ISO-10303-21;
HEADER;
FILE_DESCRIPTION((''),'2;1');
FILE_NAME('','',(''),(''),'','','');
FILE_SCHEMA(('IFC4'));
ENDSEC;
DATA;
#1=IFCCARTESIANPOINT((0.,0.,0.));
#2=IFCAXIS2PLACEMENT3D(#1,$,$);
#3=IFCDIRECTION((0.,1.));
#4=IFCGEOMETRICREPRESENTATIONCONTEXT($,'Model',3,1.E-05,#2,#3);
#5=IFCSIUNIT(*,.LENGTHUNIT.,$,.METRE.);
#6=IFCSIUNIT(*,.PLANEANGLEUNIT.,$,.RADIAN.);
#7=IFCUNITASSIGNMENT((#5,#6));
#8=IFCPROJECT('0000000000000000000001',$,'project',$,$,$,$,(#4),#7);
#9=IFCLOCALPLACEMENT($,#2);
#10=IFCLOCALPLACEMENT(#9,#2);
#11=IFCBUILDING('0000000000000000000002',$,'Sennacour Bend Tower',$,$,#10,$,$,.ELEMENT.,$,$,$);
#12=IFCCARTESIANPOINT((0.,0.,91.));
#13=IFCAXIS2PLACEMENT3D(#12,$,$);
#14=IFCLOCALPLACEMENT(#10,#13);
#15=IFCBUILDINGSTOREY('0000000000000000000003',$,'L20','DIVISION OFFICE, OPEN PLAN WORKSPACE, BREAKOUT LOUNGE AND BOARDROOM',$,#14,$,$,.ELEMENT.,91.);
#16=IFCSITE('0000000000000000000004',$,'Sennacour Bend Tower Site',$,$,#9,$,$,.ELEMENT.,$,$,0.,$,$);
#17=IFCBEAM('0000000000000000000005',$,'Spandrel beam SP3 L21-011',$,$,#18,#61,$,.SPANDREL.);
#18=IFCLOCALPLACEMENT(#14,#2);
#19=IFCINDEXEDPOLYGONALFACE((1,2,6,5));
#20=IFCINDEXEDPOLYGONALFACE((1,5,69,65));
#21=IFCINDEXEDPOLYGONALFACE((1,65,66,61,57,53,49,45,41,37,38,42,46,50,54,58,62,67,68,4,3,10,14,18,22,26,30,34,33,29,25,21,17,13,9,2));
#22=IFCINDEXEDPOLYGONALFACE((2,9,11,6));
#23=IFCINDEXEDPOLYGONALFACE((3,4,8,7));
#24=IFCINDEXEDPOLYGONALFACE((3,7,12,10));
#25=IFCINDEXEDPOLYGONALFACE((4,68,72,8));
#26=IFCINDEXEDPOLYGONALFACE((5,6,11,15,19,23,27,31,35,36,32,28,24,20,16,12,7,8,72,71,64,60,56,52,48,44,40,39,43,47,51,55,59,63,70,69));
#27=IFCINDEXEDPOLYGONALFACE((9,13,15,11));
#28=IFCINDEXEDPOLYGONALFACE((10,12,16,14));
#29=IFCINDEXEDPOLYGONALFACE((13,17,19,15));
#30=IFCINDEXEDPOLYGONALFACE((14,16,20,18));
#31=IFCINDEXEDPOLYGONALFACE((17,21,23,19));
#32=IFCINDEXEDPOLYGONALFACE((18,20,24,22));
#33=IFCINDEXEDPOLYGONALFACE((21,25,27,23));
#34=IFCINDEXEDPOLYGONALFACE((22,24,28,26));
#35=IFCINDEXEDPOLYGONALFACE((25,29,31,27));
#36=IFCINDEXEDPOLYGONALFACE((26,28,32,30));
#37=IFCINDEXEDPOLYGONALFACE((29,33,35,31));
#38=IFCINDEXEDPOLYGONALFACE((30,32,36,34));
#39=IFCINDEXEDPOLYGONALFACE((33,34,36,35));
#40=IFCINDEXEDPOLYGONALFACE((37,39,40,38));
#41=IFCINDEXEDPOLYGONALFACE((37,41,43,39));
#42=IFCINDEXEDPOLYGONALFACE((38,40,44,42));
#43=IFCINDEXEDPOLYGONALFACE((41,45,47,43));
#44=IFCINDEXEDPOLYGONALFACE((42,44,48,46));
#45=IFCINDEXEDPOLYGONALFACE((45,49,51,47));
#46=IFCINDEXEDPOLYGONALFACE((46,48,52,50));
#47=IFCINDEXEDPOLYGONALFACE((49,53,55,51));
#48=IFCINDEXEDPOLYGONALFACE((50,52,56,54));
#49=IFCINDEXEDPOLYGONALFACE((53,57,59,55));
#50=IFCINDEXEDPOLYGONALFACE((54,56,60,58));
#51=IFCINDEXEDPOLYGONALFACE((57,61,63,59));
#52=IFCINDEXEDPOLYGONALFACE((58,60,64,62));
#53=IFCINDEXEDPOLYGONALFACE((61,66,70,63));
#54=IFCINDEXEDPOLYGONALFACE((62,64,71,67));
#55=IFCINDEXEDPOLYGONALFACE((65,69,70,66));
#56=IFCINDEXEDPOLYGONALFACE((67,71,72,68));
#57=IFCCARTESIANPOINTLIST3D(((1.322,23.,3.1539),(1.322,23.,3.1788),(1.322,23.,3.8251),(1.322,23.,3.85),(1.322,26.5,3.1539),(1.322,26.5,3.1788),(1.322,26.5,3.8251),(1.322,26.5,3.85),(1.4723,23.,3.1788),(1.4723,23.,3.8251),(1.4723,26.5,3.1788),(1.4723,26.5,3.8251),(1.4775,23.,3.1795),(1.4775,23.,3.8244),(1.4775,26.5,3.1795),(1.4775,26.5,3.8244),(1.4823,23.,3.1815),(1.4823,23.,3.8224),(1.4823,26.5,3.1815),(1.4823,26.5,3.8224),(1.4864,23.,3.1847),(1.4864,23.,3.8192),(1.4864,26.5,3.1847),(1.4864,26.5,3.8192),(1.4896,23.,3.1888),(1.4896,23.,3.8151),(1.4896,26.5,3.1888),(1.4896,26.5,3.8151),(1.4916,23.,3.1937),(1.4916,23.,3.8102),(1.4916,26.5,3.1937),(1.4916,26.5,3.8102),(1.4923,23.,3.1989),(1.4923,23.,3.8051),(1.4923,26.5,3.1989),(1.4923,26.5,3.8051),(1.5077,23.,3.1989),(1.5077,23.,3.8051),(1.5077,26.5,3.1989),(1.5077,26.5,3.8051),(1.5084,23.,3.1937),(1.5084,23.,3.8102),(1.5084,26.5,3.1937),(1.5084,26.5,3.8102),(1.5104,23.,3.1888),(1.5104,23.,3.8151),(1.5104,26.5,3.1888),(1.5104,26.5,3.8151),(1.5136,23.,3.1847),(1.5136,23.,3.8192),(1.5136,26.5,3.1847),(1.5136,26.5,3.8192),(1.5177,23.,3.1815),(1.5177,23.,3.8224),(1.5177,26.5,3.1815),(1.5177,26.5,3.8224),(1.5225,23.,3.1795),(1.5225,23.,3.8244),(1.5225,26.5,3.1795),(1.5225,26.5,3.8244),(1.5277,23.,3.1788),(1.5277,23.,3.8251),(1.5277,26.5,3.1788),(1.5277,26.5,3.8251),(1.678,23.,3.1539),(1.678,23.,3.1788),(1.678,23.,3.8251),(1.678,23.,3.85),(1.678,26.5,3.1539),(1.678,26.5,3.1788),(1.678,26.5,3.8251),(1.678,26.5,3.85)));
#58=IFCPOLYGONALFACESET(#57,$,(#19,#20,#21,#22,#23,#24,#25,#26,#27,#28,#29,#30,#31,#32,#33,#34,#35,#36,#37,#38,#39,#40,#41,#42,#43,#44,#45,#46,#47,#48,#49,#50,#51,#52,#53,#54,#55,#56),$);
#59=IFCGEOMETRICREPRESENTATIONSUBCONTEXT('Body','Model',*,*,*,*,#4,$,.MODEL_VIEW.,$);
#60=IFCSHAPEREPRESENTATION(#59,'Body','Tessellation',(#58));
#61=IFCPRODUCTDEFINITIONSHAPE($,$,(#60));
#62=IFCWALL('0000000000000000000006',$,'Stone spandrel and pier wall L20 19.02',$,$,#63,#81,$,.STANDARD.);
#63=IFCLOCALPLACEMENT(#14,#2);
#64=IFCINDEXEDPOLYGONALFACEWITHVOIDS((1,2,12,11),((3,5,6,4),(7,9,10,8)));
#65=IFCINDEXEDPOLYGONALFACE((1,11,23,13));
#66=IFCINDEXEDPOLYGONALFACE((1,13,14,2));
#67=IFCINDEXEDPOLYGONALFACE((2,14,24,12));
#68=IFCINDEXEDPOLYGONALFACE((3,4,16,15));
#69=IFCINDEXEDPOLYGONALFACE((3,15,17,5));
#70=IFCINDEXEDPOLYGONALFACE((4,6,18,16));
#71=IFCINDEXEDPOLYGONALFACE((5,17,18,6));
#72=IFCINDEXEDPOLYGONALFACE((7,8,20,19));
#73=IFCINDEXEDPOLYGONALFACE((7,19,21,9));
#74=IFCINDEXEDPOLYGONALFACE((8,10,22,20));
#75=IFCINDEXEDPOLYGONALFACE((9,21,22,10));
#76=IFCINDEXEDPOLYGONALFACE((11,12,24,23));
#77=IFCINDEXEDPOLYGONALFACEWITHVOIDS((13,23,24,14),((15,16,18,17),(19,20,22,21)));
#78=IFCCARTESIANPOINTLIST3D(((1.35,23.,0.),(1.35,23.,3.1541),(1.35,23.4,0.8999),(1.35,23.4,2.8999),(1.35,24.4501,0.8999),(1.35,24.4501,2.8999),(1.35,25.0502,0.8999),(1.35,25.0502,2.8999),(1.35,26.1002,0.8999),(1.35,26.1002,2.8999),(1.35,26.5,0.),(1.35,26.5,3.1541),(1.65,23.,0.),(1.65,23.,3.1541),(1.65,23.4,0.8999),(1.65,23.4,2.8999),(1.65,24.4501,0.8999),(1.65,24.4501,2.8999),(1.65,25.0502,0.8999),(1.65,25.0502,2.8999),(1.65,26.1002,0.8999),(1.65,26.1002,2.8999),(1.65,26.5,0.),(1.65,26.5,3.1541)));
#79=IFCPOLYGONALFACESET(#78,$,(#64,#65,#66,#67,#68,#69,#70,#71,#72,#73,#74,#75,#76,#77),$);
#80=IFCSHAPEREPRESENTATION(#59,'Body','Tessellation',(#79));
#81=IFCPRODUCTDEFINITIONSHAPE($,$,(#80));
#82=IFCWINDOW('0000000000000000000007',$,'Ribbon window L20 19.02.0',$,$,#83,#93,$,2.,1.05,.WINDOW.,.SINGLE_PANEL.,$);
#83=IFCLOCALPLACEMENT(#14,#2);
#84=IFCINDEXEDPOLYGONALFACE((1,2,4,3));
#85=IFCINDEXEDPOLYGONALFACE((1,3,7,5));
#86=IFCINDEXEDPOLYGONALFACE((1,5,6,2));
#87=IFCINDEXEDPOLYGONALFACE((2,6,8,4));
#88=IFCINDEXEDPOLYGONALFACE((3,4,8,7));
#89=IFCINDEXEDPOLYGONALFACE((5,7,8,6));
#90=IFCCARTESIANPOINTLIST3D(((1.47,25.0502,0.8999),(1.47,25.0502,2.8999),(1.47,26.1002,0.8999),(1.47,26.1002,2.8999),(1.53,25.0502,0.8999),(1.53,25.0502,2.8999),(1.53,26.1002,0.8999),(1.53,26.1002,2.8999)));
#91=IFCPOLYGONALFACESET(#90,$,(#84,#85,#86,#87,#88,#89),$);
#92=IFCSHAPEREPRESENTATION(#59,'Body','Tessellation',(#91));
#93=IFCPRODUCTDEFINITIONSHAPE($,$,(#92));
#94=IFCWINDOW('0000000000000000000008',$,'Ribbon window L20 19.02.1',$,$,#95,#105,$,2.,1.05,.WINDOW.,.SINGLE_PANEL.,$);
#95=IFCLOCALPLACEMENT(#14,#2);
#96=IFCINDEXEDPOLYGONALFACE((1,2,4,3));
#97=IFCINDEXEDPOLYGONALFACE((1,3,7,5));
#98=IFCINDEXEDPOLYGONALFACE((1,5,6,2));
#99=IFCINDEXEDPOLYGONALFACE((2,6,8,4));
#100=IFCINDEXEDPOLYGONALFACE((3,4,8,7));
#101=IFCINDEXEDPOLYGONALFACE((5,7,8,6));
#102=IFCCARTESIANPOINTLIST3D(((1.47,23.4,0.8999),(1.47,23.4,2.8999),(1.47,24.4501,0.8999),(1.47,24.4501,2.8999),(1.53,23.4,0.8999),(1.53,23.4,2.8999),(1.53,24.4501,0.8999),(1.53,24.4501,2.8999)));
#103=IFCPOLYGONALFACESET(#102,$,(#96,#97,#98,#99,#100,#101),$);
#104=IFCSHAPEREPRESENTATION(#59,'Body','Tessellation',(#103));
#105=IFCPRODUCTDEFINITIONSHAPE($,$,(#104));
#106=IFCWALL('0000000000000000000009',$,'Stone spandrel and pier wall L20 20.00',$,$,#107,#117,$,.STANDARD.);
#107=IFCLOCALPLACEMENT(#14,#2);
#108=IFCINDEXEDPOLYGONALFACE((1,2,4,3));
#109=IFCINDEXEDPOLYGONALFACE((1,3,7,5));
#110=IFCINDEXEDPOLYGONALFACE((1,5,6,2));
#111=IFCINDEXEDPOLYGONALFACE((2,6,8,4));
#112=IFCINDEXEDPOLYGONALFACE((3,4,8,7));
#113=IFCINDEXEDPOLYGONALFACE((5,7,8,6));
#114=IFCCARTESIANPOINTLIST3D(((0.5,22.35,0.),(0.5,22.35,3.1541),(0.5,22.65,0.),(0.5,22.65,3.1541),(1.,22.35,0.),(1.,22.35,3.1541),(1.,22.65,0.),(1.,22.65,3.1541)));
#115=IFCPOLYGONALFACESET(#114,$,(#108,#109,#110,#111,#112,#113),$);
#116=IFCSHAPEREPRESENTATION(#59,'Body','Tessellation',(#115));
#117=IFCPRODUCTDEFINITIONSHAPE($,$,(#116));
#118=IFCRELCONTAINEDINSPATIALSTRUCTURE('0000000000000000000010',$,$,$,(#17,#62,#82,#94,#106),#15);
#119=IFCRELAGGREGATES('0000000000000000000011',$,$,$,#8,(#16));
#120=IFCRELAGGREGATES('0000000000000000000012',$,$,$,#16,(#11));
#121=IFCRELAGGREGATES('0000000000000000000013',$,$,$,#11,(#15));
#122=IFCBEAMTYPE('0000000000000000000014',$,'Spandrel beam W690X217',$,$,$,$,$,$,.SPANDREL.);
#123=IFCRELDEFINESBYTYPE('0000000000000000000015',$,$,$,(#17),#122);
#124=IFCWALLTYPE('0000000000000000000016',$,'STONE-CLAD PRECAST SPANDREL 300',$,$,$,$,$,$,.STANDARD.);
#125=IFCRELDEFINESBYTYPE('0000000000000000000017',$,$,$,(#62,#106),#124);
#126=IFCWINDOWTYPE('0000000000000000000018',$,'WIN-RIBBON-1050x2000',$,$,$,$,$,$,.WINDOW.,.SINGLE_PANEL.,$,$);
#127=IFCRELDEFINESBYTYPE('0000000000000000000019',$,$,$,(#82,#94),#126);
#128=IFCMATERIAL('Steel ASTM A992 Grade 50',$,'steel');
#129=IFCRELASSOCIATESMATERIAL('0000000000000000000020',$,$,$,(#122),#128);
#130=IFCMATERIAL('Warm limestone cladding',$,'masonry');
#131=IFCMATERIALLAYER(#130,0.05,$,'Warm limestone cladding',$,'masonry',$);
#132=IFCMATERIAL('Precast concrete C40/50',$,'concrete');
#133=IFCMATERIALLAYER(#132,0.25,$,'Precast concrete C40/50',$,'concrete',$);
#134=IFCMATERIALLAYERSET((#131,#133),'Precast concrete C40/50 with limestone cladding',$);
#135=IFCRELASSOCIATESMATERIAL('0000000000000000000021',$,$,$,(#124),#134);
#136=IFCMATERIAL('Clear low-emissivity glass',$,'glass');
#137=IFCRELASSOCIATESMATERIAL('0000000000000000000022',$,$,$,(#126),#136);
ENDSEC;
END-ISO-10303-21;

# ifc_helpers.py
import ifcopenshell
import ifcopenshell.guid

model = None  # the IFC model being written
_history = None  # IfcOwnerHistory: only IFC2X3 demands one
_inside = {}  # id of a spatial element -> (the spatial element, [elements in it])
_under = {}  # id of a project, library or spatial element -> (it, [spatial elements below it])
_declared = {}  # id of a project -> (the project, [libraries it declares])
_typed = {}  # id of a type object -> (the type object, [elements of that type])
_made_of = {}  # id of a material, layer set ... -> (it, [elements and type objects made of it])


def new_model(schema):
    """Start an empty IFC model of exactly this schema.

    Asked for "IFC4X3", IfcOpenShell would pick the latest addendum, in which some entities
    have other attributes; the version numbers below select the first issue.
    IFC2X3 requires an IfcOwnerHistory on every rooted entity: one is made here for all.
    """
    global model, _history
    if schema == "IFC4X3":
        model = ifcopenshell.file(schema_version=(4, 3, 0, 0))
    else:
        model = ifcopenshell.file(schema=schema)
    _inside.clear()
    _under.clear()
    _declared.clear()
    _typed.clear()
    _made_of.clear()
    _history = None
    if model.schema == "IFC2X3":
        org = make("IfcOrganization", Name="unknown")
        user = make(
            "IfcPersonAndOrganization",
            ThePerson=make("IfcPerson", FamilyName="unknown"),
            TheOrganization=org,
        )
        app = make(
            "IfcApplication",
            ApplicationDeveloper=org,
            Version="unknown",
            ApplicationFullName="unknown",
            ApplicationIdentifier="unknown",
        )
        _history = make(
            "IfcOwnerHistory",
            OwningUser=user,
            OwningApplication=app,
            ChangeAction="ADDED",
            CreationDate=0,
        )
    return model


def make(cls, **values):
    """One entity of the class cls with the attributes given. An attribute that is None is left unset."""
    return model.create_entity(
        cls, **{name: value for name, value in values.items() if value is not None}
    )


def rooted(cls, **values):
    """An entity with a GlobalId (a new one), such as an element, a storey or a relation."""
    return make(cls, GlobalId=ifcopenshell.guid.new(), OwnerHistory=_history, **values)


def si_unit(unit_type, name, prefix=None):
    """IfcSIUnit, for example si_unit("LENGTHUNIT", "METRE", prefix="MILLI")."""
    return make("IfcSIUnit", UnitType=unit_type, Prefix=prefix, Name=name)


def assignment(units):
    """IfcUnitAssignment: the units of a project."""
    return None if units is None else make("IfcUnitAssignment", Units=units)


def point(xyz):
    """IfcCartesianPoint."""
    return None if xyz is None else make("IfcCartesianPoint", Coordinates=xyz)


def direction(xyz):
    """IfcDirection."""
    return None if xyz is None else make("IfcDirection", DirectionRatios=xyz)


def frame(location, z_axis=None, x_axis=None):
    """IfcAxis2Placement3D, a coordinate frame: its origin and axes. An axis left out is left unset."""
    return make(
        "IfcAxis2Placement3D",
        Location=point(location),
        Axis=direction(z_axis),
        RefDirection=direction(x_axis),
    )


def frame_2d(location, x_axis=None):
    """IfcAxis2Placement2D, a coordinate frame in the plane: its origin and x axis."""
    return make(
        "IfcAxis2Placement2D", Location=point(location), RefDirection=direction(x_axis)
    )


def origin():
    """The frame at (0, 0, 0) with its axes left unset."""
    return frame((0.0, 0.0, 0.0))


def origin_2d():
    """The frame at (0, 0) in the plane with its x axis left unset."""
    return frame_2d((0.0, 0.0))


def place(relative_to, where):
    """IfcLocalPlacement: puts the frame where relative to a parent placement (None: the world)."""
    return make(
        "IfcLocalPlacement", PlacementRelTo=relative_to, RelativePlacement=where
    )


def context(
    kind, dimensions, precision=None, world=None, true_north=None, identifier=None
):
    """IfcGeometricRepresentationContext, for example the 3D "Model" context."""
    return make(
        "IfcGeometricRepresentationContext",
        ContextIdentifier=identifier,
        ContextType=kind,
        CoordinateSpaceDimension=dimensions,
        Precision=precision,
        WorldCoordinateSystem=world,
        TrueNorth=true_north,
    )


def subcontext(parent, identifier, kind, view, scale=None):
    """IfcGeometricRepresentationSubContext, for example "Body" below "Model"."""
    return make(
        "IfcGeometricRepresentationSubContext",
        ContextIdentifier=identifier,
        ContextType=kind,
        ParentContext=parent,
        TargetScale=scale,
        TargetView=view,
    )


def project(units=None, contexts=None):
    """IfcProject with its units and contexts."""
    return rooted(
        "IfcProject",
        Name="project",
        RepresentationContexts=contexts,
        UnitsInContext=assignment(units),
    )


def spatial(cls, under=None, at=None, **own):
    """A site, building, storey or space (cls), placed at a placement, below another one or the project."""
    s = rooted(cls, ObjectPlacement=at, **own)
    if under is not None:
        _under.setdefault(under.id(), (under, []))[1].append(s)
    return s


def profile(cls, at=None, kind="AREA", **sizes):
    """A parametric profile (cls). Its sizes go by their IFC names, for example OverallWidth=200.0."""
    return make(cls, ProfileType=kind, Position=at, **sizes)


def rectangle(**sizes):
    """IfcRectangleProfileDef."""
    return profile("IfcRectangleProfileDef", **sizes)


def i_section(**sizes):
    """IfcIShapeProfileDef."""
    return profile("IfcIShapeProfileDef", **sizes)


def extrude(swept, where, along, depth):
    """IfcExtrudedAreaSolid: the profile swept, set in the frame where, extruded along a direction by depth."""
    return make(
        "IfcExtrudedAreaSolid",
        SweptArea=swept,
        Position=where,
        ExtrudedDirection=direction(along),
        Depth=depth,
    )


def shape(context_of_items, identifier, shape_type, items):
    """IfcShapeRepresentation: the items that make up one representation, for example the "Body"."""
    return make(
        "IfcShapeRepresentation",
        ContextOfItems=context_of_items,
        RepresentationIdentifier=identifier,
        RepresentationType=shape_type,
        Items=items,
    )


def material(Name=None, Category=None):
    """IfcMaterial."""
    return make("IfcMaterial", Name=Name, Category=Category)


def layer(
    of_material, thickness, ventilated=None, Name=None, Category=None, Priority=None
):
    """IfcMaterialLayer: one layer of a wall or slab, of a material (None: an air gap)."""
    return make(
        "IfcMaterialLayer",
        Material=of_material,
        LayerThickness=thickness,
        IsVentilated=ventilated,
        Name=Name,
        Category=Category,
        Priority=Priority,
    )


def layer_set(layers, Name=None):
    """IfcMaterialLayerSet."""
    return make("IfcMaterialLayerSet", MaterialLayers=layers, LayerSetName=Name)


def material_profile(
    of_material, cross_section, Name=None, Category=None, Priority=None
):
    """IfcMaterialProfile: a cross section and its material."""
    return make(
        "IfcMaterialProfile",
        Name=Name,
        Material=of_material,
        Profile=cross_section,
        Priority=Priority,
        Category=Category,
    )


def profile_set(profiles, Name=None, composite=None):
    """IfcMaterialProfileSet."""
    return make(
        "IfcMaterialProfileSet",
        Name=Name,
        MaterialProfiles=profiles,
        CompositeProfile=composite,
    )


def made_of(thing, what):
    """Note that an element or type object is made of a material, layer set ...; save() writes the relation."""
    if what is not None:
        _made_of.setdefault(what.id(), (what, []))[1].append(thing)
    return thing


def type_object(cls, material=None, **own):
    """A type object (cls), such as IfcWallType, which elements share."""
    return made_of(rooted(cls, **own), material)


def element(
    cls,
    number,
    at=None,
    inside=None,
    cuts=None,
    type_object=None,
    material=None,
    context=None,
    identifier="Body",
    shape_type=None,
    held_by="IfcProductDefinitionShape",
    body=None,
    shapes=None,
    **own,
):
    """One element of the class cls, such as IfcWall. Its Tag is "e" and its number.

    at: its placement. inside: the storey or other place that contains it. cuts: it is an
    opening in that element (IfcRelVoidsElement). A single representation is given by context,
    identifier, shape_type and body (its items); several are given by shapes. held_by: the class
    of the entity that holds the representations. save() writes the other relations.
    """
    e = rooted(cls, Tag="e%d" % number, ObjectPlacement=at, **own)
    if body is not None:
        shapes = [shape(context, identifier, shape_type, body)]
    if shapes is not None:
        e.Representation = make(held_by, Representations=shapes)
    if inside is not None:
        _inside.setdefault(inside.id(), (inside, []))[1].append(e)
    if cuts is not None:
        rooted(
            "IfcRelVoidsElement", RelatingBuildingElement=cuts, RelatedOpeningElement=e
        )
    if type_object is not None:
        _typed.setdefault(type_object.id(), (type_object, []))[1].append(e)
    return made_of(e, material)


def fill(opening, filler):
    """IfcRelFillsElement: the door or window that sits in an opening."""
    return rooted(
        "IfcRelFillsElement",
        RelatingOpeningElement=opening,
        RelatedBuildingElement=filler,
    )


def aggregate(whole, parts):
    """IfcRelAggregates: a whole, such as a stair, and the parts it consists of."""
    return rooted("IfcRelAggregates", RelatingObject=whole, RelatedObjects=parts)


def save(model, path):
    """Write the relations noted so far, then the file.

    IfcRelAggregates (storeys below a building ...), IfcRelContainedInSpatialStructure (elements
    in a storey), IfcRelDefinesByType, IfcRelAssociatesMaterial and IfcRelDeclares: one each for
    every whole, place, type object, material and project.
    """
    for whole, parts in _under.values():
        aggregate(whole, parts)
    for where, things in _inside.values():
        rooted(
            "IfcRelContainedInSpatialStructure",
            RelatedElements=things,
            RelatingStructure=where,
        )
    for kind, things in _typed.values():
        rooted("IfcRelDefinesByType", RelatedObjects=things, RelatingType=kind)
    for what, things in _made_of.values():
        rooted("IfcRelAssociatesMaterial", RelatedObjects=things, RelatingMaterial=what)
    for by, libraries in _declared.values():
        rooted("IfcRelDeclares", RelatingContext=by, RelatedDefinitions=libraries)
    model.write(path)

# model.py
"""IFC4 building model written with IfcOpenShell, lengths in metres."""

from ifc_helpers import new_model, si_unit, direction, frame, frame_2d, origin, origin_2d, place, context, subcontext, project, spatial, rectangle, i_section, extrude, material, layer, layer_set, material_profile, profile_set, type_object, element, fill, save


model = new_model("IFC4")

# Units and contexts
model_context = context("Model", 3, precision=1e-05, world=origin(), true_north=direction((0.0, 1.0)))
body_context = subcontext(model_context, "Body", "Model", "MODEL_VIEW")
ifc_project = project(units=[si_unit("LENGTHUNIT", "METRE"), si_unit("PLANEANGLEUNIT", "RADIAN")], contexts=[model_context])

# Site, building, storey
site_placement = place(None, origin())
site = spatial("IfcSite", under=ifc_project, at=site_placement, Name="Sennacour Bend Tower Site", CompositionType="ELEMENT", RefElevation=0.0)
building_placement = place(site_placement, origin())
building = spatial("IfcBuilding", under=site, at=building_placement, Name="Sennacour Bend Tower", CompositionType="ELEMENT")
storey_placement = place(building_placement, frame((0.0, 0.0, 91.0)))
storey = spatial("IfcBuildingStorey", under=building, at=storey_placement, Name="L20", Description="DIVISION OFFICE, OPEN PLAN WORKSPACE, BREAKOUT LOUNGE AND BOARDROOM", CompositionType="ELEMENT", Elevation=91.0)

# Beam
ifc_material_1 = material(Name="Steel ASTM A992 Grade 50", Category="steel")
ifc_material_profile_1 = material_profile(ifc_material_1, i_section(OverallWidth=0.356, OverallDepth=0.696, WebThickness=0.0154, FlangeThickness=0.0249, FilletRadius=0.02, at=origin_2d()), Name="Steel ASTM A992 Grade 50", Category="steel")
ifc_profile_set_1 = profile_set([ifc_material_profile_1], Name="Steel ASTM A992 Grade 50")
beam_type_1 = type_object("IfcBeamType", Name="Spandrel beam W690X217", PredefinedType="SPANDREL", material=ifc_profile_set_1)
beam_1_placement = place(storey_placement, frame((1.5, 23.0, 3.502), z_axis=(0.0, 1.0, 0.0), x_axis=(-1.0, 0.0, 0.0)))
element("IfcBeam", 1, at=beam_1_placement, inside=storey, type_object=beam_type_1, Name="Spandrel beam SP3 L21-011", PredefinedType="SPANDREL", context=body_context, shape_type="SweptSolid", body=[
    extrude(i_section(OverallWidth=0.356, OverallDepth=0.696, WebThickness=0.0154, FlangeThickness=0.0249, FilletRadius=0.02, at=origin_2d()), origin(), (0.0, 0.0, 1.0), 3.5),
])

# Wall, openings, windows
ifc_material_2 = material(Name="Warm limestone cladding", Category="masonry")
ifc_layer_1 = layer(ifc_material_2, 0.05, Name="Warm limestone cladding", Category="masonry")
ifc_material_3 = material(Name="Precast concrete C40/50", Category="concrete")
ifc_layer_2 = layer(ifc_material_3, 0.25, Name="Precast concrete C40/50", Category="concrete")
ifc_layer_set = layer_set([ifc_layer_1, ifc_layer_2], Name="Precast concrete C40/50 with limestone cladding")
wall_type = type_object("IfcWallType", Name="STONE-CLAD PRECAST SPANDREL 300", PredefinedType="STANDARD", material=ifc_layer_set)
wall_1_placement = place(storey_placement, frame((1.5, 26.5, 0.0), z_axis=(0.0, 0.0, 1.0), x_axis=(0.0, -1.0, 0.0)))
wall_1 = element("IfcWall", 2, at=wall_1_placement, inside=storey, type_object=wall_type, Name="Stone spandrel and pier wall L20 19.02", PredefinedType="STANDARD", context=body_context, shape_type="SweptSolid", body=[
    extrude(rectangle(XDim=3.5, YDim=0.3, at=frame_2d((1.75, 0.0))), origin(), (0.0, 0.0, 1.0), 3.1541),
])
opening_1_placement = place(wall_1_placement, frame((0.3999, 0.0, 0.8999)))
opening_1 = element("IfcOpeningElement", 3, at=opening_1_placement, cuts=wall_1, PredefinedType="OPENING", context=body_context, shape_type="SweptSolid", body=[
    extrude(rectangle(XDim=1.05, YDim=2.0, at=frame_2d((0.5249, 1.0))), frame((0.0, 0.1602, 0.0), z_axis=(0.0, -1.0, 0.0), x_axis=(1.0, 0.0, 0.0)), (0.0, 0.0, 1.0), 0.3201),
])
opening_2_placement = place(wall_1_placement, frame((2.05, 0.0, 0.8999)))
opening_2 = element("IfcOpeningElement", 4, at=opening_2_placement, cuts=wall_1, PredefinedType="OPENING", context=body_context, shape_type="SweptSolid", body=[
    extrude(rectangle(XDim=1.05, YDim=2.0, at=frame_2d((0.5249, 1.0))), frame((0.0, 0.1602, 0.0), z_axis=(0.0, -1.0, 0.0), x_axis=(1.0, 0.0, 0.0)), (0.0, 0.0, 1.0), 0.3201),
])
ifc_material_4 = material(Name="Clear low-emissivity glass", Category="glass")
window_type = type_object("IfcWindowType", Name="WIN-RIBBON-1050x2000", PartitioningType="SINGLE_PANEL", PredefinedType="WINDOW", material=ifc_material_4)
window_1_placement = place(opening_1_placement, origin())
window_1 = element("IfcWindow", 5, at=window_1_placement, inside=storey, type_object=window_type, Name="Ribbon window L20 19.02.0", OverallHeight=2.0, OverallWidth=1.05, PartitioningType="SINGLE_PANEL", PredefinedType="WINDOW", context=body_context, shape_type="SweptSolid", body=[
    extrude(rectangle(XDim=1.05, YDim=2.0, at=frame_2d((0.5249, 1.0))), frame((0.0, 0.03, 0.0), z_axis=(0.0, -1.0, 0.0), x_axis=(1.0, 0.0, 0.0)), (0.0, 0.0, 1.0), 0.0601),
])
fill(opening_1, window_1)
window_2_placement = place(opening_2_placement, origin())
window_2 = element("IfcWindow", 6, at=window_2_placement, inside=storey, type_object=window_type, Name="Ribbon window L20 19.02.1", OverallHeight=2.0, OverallWidth=1.05, PartitioningType="SINGLE_PANEL", PredefinedType="WINDOW", context=body_context, shape_type="SweptSolid", body=[
    extrude(rectangle(XDim=1.05, YDim=2.0, at=frame_2d((0.5249, 1.0))), frame((0.0, 0.03, 0.0), z_axis=(0.0, -1.0, 0.0), x_axis=(1.0, 0.0, 0.0)), (0.0, 0.0, 1.0), 0.0601),
])
fill(opening_2, window_2)

# Wall
wall_2_placement = place(storey_placement, frame((1.0, 22.5, 0.0), z_axis=(0.0, 0.0, 1.0), x_axis=(-1.0, 0.0, 0.0)))
element("IfcWall", 7, at=wall_2_placement, inside=storey, type_object=wall_type, Name="Stone spandrel and pier wall L20 20.00", PredefinedType="STANDARD", context=body_context, shape_type="SweptSolid", body=[
    extrude(rectangle(XDim=0.5, YDim=0.3, at=frame_2d((0.25, 0.0))), origin(), (0.0, 0.0, 1.0), 3.1541),
])

save(model, "model.ifc")
